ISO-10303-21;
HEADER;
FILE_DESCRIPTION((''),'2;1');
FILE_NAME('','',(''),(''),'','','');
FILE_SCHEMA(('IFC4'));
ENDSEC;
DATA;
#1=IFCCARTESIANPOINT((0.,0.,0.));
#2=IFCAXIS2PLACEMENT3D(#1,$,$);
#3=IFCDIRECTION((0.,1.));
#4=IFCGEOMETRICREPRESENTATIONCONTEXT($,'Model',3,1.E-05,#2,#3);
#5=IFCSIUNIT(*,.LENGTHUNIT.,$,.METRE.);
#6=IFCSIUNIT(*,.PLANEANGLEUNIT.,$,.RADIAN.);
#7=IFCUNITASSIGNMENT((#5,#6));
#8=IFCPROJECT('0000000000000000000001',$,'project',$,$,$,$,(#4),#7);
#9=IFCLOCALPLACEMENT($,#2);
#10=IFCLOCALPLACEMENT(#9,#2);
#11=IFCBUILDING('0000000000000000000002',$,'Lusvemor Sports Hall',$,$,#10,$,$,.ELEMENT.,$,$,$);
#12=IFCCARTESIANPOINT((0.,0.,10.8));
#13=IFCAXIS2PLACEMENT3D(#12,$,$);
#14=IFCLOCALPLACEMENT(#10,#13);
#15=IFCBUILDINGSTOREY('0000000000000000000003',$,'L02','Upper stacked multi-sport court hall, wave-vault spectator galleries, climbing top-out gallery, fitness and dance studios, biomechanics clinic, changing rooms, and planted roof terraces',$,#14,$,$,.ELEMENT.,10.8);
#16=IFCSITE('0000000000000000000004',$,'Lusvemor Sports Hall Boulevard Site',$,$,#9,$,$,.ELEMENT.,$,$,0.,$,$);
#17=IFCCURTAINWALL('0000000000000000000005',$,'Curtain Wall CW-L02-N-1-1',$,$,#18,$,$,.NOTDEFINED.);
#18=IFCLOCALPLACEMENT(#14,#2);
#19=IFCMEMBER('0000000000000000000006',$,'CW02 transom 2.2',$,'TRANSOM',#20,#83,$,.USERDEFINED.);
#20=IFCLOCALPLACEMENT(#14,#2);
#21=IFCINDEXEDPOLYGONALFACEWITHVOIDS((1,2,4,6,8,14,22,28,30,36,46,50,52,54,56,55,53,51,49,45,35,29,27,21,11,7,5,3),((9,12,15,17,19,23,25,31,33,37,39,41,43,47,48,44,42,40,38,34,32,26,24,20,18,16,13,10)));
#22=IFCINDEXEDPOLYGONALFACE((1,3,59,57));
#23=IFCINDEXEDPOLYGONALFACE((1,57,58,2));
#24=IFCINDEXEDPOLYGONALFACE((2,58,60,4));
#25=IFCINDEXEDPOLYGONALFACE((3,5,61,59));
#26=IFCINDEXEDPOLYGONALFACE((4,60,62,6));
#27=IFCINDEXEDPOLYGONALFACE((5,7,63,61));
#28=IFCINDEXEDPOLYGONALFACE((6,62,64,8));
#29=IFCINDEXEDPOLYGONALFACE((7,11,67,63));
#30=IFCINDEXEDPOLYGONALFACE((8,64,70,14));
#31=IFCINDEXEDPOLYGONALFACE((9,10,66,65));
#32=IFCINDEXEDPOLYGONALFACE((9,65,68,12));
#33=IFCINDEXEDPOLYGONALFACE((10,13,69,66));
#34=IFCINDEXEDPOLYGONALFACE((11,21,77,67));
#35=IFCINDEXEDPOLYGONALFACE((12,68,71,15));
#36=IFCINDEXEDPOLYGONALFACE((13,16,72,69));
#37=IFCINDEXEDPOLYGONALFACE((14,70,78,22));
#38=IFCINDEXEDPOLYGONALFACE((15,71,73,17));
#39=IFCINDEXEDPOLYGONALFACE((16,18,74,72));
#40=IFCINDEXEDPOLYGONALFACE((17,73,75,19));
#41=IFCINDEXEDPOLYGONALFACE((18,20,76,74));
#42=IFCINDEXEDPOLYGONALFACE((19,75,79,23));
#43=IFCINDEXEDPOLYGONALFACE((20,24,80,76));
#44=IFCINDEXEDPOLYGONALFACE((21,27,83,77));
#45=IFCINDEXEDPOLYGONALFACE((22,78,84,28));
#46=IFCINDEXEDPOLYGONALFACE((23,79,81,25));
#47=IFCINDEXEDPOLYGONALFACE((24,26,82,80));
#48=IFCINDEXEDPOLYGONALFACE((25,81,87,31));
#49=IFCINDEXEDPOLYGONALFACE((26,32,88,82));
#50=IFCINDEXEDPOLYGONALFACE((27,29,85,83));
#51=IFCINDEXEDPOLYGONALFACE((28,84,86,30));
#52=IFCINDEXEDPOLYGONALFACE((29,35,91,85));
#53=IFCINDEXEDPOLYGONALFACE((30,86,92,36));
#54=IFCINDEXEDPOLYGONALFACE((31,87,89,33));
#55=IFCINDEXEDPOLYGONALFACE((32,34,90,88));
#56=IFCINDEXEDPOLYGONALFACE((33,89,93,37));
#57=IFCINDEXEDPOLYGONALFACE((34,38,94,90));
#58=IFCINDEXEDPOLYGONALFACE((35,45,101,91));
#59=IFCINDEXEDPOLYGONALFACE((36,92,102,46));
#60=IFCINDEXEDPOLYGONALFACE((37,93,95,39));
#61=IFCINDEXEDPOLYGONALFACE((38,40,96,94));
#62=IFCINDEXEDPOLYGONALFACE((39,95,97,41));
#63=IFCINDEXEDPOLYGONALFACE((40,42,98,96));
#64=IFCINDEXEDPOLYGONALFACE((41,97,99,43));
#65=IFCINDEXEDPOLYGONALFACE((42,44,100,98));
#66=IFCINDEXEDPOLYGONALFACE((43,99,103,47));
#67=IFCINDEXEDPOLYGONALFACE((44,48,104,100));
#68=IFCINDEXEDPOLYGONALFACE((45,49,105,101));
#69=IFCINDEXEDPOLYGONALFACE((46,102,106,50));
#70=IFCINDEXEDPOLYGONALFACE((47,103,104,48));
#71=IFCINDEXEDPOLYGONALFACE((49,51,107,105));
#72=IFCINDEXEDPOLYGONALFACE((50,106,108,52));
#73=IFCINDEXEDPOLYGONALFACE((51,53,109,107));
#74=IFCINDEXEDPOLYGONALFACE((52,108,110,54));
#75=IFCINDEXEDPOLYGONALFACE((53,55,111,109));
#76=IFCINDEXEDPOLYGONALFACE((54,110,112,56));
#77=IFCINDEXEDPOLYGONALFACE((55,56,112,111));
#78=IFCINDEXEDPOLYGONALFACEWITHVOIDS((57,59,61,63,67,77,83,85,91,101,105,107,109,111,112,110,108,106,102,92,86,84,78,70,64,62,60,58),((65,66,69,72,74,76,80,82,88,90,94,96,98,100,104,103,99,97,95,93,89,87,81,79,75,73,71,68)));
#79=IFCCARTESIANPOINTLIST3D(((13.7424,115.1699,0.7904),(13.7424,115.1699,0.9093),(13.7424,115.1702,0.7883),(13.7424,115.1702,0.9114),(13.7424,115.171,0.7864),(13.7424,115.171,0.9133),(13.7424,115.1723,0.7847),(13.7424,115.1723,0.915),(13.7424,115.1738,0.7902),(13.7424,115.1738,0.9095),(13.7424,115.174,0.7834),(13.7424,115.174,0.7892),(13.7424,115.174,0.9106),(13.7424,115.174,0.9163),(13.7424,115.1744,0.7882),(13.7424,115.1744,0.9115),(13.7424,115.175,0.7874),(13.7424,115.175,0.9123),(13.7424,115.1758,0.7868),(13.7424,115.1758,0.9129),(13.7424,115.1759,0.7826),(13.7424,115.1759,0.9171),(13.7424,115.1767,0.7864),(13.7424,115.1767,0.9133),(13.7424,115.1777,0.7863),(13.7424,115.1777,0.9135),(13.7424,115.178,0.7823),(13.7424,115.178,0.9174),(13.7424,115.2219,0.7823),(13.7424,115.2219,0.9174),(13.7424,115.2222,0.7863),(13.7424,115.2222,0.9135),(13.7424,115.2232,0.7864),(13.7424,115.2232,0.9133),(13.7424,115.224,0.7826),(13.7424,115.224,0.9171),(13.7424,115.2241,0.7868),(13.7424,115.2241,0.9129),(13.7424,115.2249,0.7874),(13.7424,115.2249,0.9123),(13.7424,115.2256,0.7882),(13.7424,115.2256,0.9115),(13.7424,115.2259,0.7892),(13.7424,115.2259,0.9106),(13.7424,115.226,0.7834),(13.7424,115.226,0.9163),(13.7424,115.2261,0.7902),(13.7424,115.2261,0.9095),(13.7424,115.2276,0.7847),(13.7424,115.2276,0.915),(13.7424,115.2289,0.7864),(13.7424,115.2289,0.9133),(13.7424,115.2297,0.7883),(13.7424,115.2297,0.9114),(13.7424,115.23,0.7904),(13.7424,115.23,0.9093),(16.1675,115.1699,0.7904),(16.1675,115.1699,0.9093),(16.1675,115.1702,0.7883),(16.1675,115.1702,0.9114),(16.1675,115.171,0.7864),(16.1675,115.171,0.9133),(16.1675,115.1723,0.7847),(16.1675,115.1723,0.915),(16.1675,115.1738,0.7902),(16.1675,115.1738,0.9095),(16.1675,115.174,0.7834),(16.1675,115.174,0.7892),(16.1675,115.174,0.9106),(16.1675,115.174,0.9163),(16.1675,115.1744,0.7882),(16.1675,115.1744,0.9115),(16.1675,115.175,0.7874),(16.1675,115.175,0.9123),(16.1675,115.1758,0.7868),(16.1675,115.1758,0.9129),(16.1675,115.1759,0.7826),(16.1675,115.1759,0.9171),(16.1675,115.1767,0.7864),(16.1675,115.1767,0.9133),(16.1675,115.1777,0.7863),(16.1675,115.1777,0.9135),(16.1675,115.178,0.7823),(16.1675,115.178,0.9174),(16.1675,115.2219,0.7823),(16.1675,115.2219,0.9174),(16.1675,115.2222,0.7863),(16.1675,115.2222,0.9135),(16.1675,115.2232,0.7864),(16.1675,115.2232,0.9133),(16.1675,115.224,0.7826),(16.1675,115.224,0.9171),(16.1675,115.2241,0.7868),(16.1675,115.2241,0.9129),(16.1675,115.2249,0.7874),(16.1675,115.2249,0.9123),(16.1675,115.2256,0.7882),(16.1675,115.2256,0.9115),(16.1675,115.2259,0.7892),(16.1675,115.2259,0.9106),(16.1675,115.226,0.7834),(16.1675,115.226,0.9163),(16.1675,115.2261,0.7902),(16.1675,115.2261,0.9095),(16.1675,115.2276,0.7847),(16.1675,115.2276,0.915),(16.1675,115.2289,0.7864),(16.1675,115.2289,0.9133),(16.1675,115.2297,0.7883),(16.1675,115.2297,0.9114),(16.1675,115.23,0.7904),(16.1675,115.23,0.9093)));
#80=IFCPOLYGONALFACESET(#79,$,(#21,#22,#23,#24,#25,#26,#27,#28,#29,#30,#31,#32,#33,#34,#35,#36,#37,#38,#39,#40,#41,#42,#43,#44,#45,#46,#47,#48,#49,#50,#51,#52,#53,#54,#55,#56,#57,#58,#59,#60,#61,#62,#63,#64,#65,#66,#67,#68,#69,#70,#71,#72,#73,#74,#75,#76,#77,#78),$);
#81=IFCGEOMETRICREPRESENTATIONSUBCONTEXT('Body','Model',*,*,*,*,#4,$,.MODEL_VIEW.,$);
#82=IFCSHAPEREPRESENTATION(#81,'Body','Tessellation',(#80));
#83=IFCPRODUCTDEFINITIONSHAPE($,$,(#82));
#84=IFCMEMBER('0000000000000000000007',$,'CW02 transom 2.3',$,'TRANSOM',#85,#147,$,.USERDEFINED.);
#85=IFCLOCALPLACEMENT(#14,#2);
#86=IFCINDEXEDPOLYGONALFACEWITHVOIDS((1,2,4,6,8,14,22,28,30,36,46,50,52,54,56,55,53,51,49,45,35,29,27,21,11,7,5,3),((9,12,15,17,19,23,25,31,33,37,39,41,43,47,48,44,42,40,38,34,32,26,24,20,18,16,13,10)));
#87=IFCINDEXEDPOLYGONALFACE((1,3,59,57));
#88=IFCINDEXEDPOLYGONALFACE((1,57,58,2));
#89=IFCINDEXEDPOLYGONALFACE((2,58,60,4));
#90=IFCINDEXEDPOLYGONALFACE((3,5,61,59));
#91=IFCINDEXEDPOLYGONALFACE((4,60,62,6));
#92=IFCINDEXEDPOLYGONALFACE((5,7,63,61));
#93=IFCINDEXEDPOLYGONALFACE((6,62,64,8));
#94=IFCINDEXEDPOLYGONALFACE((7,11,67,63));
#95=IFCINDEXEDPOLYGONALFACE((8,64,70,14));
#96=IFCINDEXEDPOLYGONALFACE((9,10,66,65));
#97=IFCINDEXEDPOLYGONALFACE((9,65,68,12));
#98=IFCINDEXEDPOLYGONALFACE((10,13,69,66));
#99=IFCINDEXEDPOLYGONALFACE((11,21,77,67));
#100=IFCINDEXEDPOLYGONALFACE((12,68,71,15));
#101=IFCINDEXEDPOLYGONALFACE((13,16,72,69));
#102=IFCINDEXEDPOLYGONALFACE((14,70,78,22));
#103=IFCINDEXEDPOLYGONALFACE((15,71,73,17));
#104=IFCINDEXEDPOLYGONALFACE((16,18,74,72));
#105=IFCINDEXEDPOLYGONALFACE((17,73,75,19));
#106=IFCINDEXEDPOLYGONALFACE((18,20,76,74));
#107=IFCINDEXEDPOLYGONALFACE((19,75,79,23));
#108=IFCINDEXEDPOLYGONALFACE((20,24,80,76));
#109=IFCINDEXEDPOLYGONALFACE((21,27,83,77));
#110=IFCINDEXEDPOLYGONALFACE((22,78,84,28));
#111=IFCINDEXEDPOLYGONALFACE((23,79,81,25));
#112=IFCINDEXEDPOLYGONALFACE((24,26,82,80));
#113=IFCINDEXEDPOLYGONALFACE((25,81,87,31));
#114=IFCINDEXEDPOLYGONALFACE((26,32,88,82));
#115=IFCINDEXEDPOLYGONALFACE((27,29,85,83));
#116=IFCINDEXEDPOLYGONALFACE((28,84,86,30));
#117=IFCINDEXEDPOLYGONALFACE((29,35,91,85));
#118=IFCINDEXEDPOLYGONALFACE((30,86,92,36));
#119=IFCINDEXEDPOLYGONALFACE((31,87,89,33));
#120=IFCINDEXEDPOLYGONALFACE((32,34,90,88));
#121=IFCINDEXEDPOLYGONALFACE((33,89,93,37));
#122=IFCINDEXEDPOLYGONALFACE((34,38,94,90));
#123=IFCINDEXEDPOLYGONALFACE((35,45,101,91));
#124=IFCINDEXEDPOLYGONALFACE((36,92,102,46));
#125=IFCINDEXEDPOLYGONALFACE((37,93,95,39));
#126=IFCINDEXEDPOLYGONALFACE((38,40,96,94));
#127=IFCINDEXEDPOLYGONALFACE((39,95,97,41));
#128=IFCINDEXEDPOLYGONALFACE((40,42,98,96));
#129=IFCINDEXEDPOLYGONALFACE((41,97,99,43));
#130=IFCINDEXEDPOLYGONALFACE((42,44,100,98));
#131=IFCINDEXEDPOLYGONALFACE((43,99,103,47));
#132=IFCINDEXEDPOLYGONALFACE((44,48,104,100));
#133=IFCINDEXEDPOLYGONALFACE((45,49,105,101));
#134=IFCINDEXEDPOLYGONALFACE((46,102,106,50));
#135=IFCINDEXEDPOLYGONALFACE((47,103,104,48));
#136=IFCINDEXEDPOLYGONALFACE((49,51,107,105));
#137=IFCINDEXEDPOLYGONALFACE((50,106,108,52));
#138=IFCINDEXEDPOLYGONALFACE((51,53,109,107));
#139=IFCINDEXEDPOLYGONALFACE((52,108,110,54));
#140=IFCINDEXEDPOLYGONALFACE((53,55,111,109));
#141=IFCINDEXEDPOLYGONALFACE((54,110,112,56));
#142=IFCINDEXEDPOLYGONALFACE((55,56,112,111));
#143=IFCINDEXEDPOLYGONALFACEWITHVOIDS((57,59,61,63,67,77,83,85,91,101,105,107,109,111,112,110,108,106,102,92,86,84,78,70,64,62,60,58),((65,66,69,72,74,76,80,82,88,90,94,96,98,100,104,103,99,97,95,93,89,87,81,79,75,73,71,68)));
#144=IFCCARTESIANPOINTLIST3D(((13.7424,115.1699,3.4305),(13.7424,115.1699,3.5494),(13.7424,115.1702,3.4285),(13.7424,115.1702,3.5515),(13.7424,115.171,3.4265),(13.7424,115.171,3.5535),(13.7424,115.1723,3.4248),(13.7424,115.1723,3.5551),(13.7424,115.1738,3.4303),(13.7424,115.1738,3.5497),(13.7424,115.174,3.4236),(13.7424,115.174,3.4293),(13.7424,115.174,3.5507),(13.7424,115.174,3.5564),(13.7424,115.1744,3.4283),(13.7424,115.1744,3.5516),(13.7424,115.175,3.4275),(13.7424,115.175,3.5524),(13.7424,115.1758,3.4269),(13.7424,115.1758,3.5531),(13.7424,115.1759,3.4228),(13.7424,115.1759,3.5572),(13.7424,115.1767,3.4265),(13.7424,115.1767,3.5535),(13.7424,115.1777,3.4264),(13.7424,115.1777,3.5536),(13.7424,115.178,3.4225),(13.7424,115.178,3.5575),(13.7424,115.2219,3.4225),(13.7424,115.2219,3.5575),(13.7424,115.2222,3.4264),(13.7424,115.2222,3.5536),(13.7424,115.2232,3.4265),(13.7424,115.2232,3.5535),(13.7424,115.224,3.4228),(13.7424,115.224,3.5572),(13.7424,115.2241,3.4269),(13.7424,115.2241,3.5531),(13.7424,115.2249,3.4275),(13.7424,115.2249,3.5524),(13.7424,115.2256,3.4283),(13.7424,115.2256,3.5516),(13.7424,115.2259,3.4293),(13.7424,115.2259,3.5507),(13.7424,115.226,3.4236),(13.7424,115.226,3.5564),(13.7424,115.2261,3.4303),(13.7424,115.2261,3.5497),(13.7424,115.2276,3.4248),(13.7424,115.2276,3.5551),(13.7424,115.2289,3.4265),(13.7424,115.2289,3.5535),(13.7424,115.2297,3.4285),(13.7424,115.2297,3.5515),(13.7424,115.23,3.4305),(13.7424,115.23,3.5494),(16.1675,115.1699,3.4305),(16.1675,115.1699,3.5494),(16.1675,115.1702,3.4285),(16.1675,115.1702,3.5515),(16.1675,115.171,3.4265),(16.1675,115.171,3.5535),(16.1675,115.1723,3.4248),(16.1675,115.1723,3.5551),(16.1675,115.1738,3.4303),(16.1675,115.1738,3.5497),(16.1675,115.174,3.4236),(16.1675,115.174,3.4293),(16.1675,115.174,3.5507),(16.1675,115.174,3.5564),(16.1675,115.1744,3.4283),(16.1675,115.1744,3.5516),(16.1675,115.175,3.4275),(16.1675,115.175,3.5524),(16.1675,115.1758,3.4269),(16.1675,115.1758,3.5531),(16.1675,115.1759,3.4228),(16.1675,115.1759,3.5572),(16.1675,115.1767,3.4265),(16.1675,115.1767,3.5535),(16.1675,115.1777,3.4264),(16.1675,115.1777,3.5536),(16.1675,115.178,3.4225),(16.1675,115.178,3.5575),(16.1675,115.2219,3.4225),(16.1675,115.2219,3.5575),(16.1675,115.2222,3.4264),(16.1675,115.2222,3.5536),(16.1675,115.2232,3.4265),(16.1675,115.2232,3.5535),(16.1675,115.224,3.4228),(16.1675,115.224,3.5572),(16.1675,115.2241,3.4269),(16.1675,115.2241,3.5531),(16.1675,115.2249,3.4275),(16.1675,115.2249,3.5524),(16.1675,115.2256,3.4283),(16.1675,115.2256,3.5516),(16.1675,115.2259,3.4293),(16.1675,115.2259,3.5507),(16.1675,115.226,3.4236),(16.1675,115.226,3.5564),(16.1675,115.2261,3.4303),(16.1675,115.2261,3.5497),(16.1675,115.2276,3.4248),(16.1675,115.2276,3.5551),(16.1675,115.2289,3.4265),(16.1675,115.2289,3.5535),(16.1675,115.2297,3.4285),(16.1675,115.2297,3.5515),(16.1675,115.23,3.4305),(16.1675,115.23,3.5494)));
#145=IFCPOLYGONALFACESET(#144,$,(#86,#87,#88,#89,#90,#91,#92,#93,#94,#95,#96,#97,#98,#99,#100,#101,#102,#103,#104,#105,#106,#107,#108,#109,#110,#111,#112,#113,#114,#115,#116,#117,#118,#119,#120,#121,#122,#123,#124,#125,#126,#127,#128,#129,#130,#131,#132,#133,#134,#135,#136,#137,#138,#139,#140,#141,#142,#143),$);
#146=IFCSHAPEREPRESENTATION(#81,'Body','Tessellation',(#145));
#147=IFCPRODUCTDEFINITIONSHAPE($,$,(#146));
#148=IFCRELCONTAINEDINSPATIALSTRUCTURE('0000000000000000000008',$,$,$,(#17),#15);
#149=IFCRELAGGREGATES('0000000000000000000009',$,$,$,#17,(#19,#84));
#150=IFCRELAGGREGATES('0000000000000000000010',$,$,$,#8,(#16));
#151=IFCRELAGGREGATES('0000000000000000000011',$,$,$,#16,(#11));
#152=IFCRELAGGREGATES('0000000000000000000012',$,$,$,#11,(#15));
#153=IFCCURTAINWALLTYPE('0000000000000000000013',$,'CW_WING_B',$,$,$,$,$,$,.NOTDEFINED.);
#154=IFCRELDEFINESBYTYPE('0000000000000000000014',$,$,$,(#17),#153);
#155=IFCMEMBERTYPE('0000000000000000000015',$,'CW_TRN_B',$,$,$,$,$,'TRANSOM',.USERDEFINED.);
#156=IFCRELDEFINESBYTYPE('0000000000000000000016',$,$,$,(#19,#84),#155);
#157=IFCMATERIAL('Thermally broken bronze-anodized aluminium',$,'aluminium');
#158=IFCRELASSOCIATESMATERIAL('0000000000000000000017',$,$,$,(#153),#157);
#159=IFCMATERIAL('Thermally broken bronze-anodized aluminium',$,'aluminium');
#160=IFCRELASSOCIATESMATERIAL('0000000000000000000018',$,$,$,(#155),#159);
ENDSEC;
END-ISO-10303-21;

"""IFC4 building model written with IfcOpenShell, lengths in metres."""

from ifc_helpers import new_model, si_unit, direction, frame, origin, origin_2d, place, context, subcontext, project, spatial, hollow_rectangle, extrude, material, material_profile, profile_set, type_object, element, aggregate, save


model = new_model("IFC4")

# Units and contexts
model_context = context("Model", 3, precision=1e-05, world=origin(), true_north=direction((0.0, 1.0)))
body_context = subcontext(model_context, "Body", "Model", "MODEL_VIEW")
ifc_project = project(units=[si_unit("LENGTHUNIT", "METRE"), si_unit("PLANEANGLEUNIT", "RADIAN")], contexts=[model_context])

# Site, building, storey
site_placement = place(None, origin())
site = spatial("IfcSite", under=ifc_project, at=site_placement, Name="Lusvemor Sports Hall Boulevard Site", CompositionType="ELEMENT", RefElevation=0.0)
building_placement = place(site_placement, origin())
building = spatial("IfcBuilding", under=site, at=building_placement, Name="Lusvemor Sports Hall", CompositionType="ELEMENT")
storey_placement = place(building_placement, frame((0.0, 0.0, 10.8)))
storey = spatial("IfcBuildingStorey", under=building, at=storey_placement, Name="L02", Description="Upper stacked multi-sport court hall, wave-vault spectator galleries, climbing top-out gallery, fitness and dance studios, biomechanics clinic, changing rooms, and planted roof terraces", CompositionType="ELEMENT", Elevation=10.8)

# Curtain wall, members
ifc_material_1 = material(Name="Thermally broken bronze-anodized aluminium", Category="aluminium")
curtain_wall_type = type_object("IfcCurtainWallType", Name="CW_WING_B", PredefinedType="NOTDEFINED", material=ifc_material_1)
curtain_wall_placement = place(storey_placement, origin())
curtain_wall = element("IfcCurtainWall", 1, at=curtain_wall_placement, inside=storey, type_object=curtain_wall_type, Name="Curtain Wall CW-L02-N-1-1", PredefinedType="NOTDEFINED")
ifc_material_2 = material(Name="Thermally broken bronze-anodized aluminium", Category="aluminium")
ifc_material_profile_1 = material_profile(ifc_material_2, hollow_rectangle(XDim=0.0601, YDim=0.135, WallThickness=0.0039, InnerFilletRadius=0.0039, OuterFilletRadius=0.0081, at=origin_2d()), Name="CWTRN135x60x4")
ifc_profile_set_1 = profile_set([ifc_material_profile_1], Name="Thermally broken bronze-anodized aluminium")
member_type_1 = type_object("IfcMemberType", Name="CW_TRN_B", ElementType="TRANSOM", PredefinedType="USERDEFINED", material=ifc_profile_set_1)
member_1_placement = place(storey_placement, frame((13.7424, 115.2, 0.8499), z_axis=(1.0, 0.0, 0.0), x_axis=(0.0, 1.0, 0.0)))
member_1 = element("IfcMember", 2, at=member_1_placement, type_object=member_type_1, Name="CW02 transom 2.2", ObjectType="TRANSOM", PredefinedType="USERDEFINED", context=body_context, shape_type="SweptSolid", body=[
    extrude(hollow_rectangle(XDim=0.0601, YDim=0.135, WallThickness=0.0039, InnerFilletRadius=0.0039, OuterFilletRadius=0.0081, at=origin_2d()), origin(), (0.0, 0.0, 1.0), 2.425),
])
member_2_placement = place(storey_placement, frame((13.7424, 115.2, 3.49), z_axis=(1.0, 0.0, 0.0), x_axis=(0.0, 1.0, 0.0)))
member_2 = element("IfcMember", 3, at=member_2_placement, type_object=member_type_1, Name="CW02 transom 2.3", ObjectType="TRANSOM", PredefinedType="USERDEFINED", context=body_context, shape_type="SweptSolid", body=[
    extrude(hollow_rectangle(XDim=0.0601, YDim=0.135, WallThickness=0.0039, InnerFilletRadius=0.0039, OuterFilletRadius=0.0081, at=origin_2d()), origin(), (0.0, 0.0, 1.0), 2.425),
])
aggregate(curtain_wall, [member_1, member_2])

save(model, "model.ifc")
